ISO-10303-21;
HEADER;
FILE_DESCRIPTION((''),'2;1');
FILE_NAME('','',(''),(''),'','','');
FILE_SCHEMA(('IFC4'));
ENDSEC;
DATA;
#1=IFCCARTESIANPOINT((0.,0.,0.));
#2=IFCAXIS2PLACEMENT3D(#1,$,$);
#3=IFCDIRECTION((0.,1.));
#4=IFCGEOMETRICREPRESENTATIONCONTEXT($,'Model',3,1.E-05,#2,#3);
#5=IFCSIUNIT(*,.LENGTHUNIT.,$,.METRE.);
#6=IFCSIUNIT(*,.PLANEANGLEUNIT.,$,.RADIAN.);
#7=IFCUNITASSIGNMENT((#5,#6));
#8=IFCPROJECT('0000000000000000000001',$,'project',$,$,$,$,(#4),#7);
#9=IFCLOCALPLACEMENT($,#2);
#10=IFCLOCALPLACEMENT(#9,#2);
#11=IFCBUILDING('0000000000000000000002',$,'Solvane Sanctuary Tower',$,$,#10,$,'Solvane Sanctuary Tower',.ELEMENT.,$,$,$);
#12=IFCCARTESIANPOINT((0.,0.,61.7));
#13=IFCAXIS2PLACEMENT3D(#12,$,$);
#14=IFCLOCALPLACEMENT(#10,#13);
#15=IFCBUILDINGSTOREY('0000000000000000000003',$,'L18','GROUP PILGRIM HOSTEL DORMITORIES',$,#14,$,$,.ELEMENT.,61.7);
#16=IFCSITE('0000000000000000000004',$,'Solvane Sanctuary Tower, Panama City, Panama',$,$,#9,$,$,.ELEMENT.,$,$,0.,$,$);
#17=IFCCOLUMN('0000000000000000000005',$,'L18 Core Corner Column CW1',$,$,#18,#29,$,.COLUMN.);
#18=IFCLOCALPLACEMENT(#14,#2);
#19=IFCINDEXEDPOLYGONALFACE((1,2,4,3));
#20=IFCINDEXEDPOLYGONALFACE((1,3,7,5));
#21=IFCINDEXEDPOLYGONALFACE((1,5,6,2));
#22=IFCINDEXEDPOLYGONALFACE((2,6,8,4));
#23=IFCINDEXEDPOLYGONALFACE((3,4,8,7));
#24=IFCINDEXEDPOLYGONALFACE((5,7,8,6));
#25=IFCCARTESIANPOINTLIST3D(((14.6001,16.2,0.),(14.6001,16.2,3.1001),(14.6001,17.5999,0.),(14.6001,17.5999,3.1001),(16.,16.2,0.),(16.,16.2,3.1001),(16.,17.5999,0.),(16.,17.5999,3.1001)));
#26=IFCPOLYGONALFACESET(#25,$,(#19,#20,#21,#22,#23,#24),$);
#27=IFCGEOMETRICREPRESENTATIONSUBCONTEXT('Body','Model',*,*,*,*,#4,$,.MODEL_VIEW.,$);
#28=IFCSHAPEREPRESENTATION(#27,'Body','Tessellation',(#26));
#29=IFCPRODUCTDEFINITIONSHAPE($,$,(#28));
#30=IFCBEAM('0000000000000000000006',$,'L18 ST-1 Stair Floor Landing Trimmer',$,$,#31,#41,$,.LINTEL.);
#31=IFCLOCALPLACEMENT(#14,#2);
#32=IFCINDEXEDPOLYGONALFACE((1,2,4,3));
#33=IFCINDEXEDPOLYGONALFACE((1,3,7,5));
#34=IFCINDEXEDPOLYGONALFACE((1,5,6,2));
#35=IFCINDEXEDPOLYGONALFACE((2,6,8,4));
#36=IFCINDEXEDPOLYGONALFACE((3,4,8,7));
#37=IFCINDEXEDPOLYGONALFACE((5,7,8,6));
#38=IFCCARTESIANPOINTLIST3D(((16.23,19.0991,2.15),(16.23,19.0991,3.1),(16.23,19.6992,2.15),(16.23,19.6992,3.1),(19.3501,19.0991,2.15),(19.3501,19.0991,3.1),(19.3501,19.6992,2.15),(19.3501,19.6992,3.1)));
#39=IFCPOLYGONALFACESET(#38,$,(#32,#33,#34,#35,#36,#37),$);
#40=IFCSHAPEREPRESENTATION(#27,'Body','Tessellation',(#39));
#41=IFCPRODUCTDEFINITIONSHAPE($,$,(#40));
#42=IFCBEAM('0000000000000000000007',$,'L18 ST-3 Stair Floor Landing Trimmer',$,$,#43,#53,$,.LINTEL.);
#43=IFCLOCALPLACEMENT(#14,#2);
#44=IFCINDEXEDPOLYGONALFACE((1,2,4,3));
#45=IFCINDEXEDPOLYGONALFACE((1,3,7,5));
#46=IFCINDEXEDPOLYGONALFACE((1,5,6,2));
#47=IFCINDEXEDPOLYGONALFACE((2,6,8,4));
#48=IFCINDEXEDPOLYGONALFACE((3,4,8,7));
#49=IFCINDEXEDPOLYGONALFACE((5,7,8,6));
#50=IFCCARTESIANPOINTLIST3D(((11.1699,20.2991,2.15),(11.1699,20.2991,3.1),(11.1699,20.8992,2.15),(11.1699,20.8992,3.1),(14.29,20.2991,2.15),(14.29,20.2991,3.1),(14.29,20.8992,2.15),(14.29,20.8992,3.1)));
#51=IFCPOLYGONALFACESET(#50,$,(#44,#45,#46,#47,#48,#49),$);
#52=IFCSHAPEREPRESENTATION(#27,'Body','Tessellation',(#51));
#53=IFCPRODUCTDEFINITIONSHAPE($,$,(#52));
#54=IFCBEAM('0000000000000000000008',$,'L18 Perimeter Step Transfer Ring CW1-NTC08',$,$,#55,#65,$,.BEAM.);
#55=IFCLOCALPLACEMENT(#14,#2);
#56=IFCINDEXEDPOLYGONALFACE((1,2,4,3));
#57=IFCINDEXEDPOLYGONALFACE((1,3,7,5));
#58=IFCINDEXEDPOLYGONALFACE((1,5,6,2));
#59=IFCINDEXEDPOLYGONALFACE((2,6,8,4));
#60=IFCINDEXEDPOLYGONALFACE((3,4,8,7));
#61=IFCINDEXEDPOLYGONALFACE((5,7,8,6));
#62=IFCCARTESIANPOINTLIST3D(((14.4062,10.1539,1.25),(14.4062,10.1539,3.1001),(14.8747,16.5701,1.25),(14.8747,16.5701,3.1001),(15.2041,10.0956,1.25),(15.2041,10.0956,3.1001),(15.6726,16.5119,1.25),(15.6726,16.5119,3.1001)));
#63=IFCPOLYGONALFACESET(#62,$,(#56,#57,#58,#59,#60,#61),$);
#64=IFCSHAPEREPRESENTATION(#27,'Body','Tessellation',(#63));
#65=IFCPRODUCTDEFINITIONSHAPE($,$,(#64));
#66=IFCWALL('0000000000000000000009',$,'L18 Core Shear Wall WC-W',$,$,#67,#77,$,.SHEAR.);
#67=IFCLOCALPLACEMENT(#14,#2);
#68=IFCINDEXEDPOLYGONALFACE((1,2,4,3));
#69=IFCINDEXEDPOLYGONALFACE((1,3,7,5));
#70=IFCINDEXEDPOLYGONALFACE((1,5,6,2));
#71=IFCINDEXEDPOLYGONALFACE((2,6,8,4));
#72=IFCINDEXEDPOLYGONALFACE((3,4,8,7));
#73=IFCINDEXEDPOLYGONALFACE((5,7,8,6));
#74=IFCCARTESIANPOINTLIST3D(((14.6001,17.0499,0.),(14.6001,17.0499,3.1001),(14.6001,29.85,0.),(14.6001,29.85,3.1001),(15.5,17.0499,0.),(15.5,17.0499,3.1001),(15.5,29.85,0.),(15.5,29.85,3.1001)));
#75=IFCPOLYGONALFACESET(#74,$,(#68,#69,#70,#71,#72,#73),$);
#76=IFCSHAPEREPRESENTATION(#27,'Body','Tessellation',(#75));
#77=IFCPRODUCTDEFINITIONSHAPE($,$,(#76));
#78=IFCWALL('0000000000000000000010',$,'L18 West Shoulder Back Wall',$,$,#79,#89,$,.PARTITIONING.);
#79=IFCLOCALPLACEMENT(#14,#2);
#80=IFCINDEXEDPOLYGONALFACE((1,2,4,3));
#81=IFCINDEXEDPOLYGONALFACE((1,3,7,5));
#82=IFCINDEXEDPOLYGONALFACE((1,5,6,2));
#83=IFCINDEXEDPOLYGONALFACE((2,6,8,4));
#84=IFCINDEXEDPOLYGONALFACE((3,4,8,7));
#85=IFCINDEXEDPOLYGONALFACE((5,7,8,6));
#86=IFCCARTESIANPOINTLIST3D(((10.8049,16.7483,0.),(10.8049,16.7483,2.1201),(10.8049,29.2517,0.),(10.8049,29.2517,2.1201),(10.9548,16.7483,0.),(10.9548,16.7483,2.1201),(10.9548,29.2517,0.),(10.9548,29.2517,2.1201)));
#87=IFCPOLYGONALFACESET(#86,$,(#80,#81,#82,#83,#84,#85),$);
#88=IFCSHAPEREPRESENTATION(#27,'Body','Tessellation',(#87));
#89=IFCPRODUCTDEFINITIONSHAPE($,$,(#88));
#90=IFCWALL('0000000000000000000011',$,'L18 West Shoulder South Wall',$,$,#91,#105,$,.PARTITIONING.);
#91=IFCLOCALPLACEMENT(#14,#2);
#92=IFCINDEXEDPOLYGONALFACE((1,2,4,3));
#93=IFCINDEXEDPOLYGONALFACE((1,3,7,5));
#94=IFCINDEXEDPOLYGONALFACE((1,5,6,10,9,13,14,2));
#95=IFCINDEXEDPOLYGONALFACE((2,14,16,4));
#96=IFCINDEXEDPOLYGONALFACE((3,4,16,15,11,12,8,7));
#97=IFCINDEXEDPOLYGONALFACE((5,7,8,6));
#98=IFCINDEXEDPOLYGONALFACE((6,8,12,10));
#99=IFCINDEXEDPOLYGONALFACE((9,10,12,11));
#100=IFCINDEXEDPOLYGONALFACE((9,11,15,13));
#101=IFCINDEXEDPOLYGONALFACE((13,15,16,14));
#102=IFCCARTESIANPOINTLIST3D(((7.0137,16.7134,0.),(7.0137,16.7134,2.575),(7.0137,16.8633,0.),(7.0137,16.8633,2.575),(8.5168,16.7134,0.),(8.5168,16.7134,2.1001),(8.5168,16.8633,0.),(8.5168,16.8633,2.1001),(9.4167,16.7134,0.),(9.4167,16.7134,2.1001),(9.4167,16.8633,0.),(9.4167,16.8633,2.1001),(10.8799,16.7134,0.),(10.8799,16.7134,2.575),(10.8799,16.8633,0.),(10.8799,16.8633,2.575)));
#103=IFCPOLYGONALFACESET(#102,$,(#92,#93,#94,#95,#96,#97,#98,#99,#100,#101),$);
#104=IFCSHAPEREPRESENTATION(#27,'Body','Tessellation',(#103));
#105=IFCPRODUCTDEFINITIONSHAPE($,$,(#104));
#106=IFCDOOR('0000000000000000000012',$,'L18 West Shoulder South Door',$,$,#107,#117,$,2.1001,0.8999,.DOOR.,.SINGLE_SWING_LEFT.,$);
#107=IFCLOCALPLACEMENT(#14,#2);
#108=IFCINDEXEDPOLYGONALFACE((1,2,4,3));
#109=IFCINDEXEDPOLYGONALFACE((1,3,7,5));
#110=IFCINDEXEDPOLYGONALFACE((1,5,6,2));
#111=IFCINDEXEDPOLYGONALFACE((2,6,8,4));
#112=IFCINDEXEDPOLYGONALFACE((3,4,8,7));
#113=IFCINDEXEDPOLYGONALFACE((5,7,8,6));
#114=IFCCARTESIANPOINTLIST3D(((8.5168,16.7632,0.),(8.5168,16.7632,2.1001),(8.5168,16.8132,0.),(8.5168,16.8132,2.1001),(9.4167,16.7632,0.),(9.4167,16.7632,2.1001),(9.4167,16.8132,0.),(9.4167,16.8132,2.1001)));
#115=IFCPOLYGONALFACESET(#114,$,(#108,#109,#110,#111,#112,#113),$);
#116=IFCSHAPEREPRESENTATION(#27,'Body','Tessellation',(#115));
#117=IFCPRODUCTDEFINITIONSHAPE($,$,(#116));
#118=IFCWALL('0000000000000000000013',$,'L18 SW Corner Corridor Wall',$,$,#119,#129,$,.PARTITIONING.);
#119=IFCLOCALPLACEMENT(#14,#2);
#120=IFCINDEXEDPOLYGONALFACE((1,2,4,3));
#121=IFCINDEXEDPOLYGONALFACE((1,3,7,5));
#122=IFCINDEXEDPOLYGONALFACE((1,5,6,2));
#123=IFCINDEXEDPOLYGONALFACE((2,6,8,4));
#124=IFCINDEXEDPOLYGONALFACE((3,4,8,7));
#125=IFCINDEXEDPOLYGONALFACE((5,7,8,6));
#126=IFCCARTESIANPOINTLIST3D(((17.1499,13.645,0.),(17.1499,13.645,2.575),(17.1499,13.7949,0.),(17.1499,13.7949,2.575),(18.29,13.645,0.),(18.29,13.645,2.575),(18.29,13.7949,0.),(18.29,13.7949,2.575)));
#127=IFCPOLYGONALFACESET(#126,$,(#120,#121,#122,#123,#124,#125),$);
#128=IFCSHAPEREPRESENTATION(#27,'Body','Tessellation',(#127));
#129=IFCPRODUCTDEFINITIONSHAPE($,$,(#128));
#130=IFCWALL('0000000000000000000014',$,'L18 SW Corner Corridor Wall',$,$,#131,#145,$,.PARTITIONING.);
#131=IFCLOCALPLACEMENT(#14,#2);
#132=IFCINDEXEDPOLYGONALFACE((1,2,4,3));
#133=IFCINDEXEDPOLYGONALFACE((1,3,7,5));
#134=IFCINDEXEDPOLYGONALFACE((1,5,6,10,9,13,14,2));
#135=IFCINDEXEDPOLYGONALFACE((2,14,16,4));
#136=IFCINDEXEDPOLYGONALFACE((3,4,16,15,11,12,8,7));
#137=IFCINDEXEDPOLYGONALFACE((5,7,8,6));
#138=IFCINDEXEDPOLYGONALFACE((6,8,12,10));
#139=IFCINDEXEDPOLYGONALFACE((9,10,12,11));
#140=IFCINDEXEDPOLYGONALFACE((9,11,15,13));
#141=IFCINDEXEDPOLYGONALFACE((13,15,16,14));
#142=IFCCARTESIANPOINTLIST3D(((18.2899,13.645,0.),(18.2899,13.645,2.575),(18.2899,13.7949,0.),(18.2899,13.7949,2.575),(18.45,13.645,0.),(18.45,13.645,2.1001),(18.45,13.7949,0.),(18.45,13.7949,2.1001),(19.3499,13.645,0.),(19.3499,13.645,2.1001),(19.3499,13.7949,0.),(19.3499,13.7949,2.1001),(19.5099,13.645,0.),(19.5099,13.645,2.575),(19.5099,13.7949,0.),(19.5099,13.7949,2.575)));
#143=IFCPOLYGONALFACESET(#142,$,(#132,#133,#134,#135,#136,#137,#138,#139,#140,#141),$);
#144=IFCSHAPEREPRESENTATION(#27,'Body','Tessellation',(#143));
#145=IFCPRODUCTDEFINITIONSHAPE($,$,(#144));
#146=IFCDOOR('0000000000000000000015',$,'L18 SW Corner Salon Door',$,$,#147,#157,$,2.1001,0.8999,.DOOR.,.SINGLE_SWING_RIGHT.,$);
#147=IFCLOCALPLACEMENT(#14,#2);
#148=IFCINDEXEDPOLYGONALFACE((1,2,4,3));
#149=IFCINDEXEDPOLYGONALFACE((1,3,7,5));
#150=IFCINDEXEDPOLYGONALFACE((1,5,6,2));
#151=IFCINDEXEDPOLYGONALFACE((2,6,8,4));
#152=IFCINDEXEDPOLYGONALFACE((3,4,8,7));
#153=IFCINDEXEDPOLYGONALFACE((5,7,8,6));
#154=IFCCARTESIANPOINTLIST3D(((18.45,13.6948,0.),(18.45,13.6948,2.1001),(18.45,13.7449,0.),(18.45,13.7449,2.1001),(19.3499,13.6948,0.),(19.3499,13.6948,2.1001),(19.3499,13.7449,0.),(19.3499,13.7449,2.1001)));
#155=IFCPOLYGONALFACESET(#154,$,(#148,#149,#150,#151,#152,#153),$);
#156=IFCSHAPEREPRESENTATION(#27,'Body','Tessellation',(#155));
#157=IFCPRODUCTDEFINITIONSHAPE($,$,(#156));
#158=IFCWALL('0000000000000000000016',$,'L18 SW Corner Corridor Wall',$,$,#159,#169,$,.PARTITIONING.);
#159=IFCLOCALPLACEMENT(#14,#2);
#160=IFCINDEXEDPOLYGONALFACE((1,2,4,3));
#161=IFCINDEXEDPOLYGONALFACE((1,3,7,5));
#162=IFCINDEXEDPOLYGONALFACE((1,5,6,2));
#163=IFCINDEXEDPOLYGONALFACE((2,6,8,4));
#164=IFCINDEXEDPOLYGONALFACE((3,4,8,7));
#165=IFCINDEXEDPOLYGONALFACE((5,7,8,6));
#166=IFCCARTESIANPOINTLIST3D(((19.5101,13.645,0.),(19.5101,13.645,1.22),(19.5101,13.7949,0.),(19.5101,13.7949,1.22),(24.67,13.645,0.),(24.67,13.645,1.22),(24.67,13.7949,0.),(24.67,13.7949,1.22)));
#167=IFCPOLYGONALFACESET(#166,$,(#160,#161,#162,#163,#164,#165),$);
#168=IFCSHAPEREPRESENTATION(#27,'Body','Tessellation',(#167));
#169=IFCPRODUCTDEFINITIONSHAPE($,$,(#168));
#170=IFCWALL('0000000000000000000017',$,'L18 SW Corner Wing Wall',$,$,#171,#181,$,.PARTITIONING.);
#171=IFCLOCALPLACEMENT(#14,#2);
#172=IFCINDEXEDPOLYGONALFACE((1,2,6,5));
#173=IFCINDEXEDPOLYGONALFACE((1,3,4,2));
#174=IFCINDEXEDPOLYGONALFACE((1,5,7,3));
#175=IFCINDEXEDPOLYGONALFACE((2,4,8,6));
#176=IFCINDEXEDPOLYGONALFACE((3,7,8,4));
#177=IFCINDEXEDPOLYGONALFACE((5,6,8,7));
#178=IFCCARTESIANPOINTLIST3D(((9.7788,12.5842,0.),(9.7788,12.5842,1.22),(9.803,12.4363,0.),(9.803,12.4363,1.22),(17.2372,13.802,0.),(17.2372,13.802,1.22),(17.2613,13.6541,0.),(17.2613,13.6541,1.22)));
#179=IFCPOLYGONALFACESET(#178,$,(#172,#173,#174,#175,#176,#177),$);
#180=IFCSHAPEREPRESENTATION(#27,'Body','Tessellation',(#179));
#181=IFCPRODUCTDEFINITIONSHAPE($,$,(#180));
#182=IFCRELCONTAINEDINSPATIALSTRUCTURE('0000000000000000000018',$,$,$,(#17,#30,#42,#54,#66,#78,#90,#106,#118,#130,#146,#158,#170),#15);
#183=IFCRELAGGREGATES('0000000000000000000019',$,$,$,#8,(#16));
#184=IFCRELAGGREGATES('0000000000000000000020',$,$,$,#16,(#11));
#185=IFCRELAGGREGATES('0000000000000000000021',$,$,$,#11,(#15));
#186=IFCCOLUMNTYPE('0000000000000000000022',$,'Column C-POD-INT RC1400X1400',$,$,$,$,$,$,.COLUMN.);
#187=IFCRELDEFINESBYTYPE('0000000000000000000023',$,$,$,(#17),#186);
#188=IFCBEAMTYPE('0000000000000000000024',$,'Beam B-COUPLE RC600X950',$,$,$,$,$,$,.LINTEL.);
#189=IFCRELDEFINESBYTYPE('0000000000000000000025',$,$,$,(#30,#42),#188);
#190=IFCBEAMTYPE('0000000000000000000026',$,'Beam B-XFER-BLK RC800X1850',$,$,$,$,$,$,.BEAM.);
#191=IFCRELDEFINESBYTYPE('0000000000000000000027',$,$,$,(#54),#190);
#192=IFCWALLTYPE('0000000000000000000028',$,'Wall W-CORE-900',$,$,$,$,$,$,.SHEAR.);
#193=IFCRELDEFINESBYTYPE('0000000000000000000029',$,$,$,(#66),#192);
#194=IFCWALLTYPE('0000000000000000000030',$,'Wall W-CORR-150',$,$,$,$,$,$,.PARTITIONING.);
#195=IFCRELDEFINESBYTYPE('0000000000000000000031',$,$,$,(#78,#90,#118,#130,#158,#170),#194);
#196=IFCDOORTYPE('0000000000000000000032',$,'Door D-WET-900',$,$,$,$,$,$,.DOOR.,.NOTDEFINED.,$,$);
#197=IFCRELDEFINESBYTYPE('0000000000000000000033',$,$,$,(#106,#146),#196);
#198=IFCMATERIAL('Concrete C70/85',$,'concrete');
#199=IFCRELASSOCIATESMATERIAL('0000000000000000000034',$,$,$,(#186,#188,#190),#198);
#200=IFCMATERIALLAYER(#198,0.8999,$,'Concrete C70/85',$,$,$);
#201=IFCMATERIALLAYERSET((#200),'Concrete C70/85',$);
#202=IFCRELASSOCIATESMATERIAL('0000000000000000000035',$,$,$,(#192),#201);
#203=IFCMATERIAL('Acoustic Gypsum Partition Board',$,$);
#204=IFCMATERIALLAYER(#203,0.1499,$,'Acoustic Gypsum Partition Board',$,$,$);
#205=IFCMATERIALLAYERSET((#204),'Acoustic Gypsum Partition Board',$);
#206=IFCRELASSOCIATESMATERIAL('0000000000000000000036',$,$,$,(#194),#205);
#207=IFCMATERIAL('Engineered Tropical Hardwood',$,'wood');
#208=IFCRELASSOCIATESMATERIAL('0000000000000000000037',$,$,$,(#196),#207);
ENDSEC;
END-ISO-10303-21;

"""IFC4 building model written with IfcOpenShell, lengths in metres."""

from ifc_helpers import new_model, si_unit, direction, frame, frame_2d, origin, origin_2d, place, context, subcontext, project, spatial, rectangle, extrude, material, layer, layer_set, material_profile, profile_set, type_object, element, fill, save


model = new_model("IFC4")

# Units and contexts
model_context = context("Model", 3, precision=1e-05, world=origin(), true_north=direction((0.0, 1.0)))
body_context = subcontext(model_context, "Body", "Model", "MODEL_VIEW")
ifc_project = project(units=[si_unit("LENGTHUNIT", "METRE"), si_unit("PLANEANGLEUNIT", "RADIAN")], contexts=[model_context])

# Site, building, storey
site_placement = place(None, origin())
site = spatial("IfcSite", under=ifc_project, at=site_placement, Name="Solvane Sanctuary Tower, Panama City, Panama", CompositionType="ELEMENT", RefElevation=0.0)
building_placement = place(site_placement, origin())
building = spatial("IfcBuilding", under=site, at=building_placement, Name="Solvane Sanctuary Tower", LongName="Solvane Sanctuary Tower", CompositionType="ELEMENT")
storey_placement = place(building_placement, frame((0.0, 0.0, 61.7)))
storey = spatial("IfcBuildingStorey", under=building, at=storey_placement, Name="L18", Description="GROUP PILGRIM HOSTEL DORMITORIES", CompositionType="ELEMENT", Elevation=61.7)

# Column
ifc_material_1 = material(Name="Concrete C70/85", Category="concrete")
ifc_material_profile_1 = material_profile(ifc_material_1, rectangle(XDim=1.3999, YDim=1.3999, at=origin_2d()), Name="RC1400X1400")
ifc_profile_set_1 = profile_set([ifc_material_profile_1], Name="Concrete C70/85")
column_type = type_object("IfcColumnType", Name="Column C-POD-INT RC1400X1400", PredefinedType="COLUMN", material=ifc_profile_set_1)
column_placement = place(storey_placement, frame((15.3, 16.8999, 0.0), z_axis=(0.0, 0.0, 1.0), x_axis=(1.0, 0.0, 0.0)))
element("IfcColumn", 1, at=column_placement, inside=storey, type_object=column_type, Name="L18 Core Corner Column CW1", PredefinedType="COLUMN", context=body_context, shape_type="SweptSolid", body=[
    extrude(rectangle(XDim=1.3999, YDim=1.3999, at=origin_2d()), origin(), (0.0, 0.0, 1.0), 3.1001),
])

# Beams
ifc_material_profile_2 = material_profile(ifc_material_1, rectangle(XDim=0.6001, YDim=0.95, at=origin_2d()), Name="RC600X950")
ifc_profile_set_2 = profile_set([ifc_material_profile_2], Name="Concrete C70/85")
beam_type_1 = type_object("IfcBeamType", Name="Beam B-COUPLE RC600X950", PredefinedType="LINTEL", material=ifc_profile_set_2)
for number, where, z_axis, x_axis, name in (
    (2, (16.23, 19.3992, 2.625), (1.0, 0.0, 0.0), (0.0, 1.0, 0.0), "L18 ST-1 Stair Floor Landing Trimmer"),
    (3, (11.1699, 20.5991, 2.625), (1.0, 0.0, 0.0), (0.0, 1.0, 0.0), "L18 ST-3 Stair Floor Landing Trimmer"),
):
    element("IfcBeam", number, at=place(storey_placement, frame(where, z_axis=z_axis, x_axis=x_axis)), inside=storey, type_object=beam_type_1, Name=name, PredefinedType="LINTEL", context=body_context, shape_type="SweptSolid", body=[
        extrude(rectangle(XDim=0.6001, YDim=0.95, at=origin_2d()), origin(), (0.0, 0.0, 1.0), 3.1201),
    ])
ifc_material_profile_3 = material_profile(ifc_material_1, rectangle(XDim=0.8, YDim=1.8501, at=origin_2d()), Name="RC800X1850")
ifc_profile_set_3 = profile_set([ifc_material_profile_3], Name="Concrete C70/85")
beam_type_2 = type_object("IfcBeamType", Name="Beam B-XFER-BLK RC800X1850", PredefinedType="BEAM", material=ifc_profile_set_3)
beam_placement = place(storey_placement, frame((15.2737, 16.541, 2.175), z_axis=(-0.072825, -0.997345, 0.0), x_axis=(0.997345, -0.072825, 0.0)))
element("IfcBeam", 4, at=beam_placement, inside=storey, type_object=beam_type_2, Name="L18 Perimeter Step Transfer Ring CW1-NTC08", PredefinedType="BEAM", context=body_context, shape_type="SweptSolid", body=[
    extrude(rectangle(XDim=0.8, YDim=1.8501, at=origin_2d()), origin(), (0.0, 0.0, 1.0), 6.4333),
])

# Walls
ifc_layer_1 = layer(ifc_material_1, 0.8999, Name="Concrete C70/85")
ifc_layer_set_1 = layer_set([ifc_layer_1], Name="Concrete C70/85")
wall_type_1 = type_object("IfcWallType", Name="Wall W-CORE-900", PredefinedType="SHEAR", material=ifc_layer_set_1)
wall_1_placement = place(storey_placement, frame((15.05, 17.05, 0.0), z_axis=(0.0, 0.0, 1.0), x_axis=(0.0, 1.0, 0.0)))
element("IfcWall", 5, at=wall_1_placement, inside=storey, type_object=wall_type_1, Name="L18 Core Shear Wall WC-W", PredefinedType="SHEAR", context=body_context, shape_type="SweptSolid", body=[
    extrude(rectangle(XDim=12.8, YDim=0.8999, at=frame_2d((6.3999, 0.0))), origin(), (0.0, 0.0, 1.0), 3.1001),
])
ifc_material_2 = material(Name="Acoustic Gypsum Partition Board")
ifc_layer_2 = layer(ifc_material_2, 0.1499, Name="Acoustic Gypsum Partition Board")
ifc_layer_set_2 = layer_set([ifc_layer_2], Name="Acoustic Gypsum Partition Board")
wall_type_2 = type_object("IfcWallType", Name="Wall W-CORR-150", PredefinedType="PARTITIONING", material=ifc_layer_set_2)
wall_2_placement = place(storey_placement, frame((10.8799, 16.7483, 0.0), z_axis=(0.0, 0.0, 1.0), x_axis=(0.0, 1.0, 0.0)))
element("IfcWall", 6, at=wall_2_placement, inside=storey, type_object=wall_type_2, Name="L18 West Shoulder Back Wall", PredefinedType="PARTITIONING", context=body_context, shape_type="SweptSolid", body=[
    extrude(rectangle(XDim=12.5034, YDim=0.1499, at=frame_2d((6.2517, 0.0))), origin(), (0.0, 0.0, 1.0), 2.1201),
])

# Wall, opening, door
wall_3_placement = place(storey_placement, frame((7.0137, 16.7883, 0.0), z_axis=(0.0, 0.0, 1.0), x_axis=(1.0, 0.0, 0.0)))
wall_3 = element("IfcWall", 7, at=wall_3_placement, inside=storey, type_object=wall_type_2, Name="L18 West Shoulder South Wall", PredefinedType="PARTITIONING", context=body_context, shape_type="SweptSolid", body=[
    extrude(rectangle(XDim=3.8662, YDim=0.1499, at=frame_2d((1.9331, 0.0))), origin(), (0.0, 0.0, 1.0), 2.575),
])
opening_1_placement = place(wall_3_placement, frame((1.5032, 0.0, 0.0)))
opening_1 = element("IfcOpeningElement", 8, at=opening_1_placement, cuts=wall_3, PredefinedType="OPENING", context=body_context, shape_type="SweptSolid", body=[
    extrude(rectangle(XDim=0.8999, YDim=2.1001, at=frame_2d((0.45, 1.05))), frame((0.0, 0.085, 0.0), z_axis=(0.0, -1.0, 0.0), x_axis=(1.0, 0.0, 0.0)), (0.0, 0.0, 1.0), 0.1699),
])
ifc_material_3 = material(Name="Engineered Tropical Hardwood", Category="wood")
door_type_1 = type_object("IfcDoorType", Name="Door D-WET-900", OperationType="NOTDEFINED", PredefinedType="DOOR", material=ifc_material_3)
door_1_placement = place(opening_1_placement, origin())
door_1 = element("IfcDoor", 9, at=door_1_placement, inside=storey, type_object=door_type_1, Name="L18 West Shoulder South Door", OperationType="SINGLE_SWING_LEFT", OverallHeight=2.1001, OverallWidth=0.8999, PredefinedType="DOOR", context=body_context, shape_type="SweptSolid", body=[
    extrude(rectangle(XDim=0.8999, YDim=2.1001, at=frame_2d((0.45, 1.05))), frame((0.0, 0.0249, 0.0), z_axis=(0.0, -1.0, 0.0), x_axis=(1.0, 0.0, 0.0)), (0.0, 0.0, 1.0), 0.05),
])
fill(opening_1, door_1)

# Wall
wall_4_placement = place(storey_placement, frame((17.1499, 13.72, 0.0), z_axis=(0.0, 0.0, 1.0), x_axis=(1.0, 0.0, 0.0)))
element("IfcWall", 10, at=wall_4_placement, inside=storey, type_object=wall_type_2, Name="L18 SW Corner Corridor Wall", PredefinedType="PARTITIONING", context=body_context, shape_type="SweptSolid", body=[
    extrude(rectangle(XDim=1.1401, YDim=0.1499, at=frame_2d((0.5701, 0.0))), origin(), (0.0, 0.0, 1.0), 2.575),
])

# Wall, opening, door
wall_5_placement = place(storey_placement, frame((18.29, 13.72, 0.0), z_axis=(0.0, 0.0, 1.0), x_axis=(1.0, 0.0, 0.0)))
wall_5 = element("IfcWall", 11, at=wall_5_placement, inside=storey, type_object=wall_type_2, Name="L18 SW Corner Corridor Wall", PredefinedType="PARTITIONING", context=body_context, shape_type="SweptSolid", body=[
    extrude(rectangle(XDim=1.22, YDim=0.1499, at=frame_2d((0.6099, 0.0))), origin(), (0.0, 0.0, 1.0), 2.575),
])
opening_2_placement = place(wall_5_placement, frame((0.1599, 0.0, 0.0)))
opening_2 = element("IfcOpeningElement", 12, at=opening_2_placement, cuts=wall_5, PredefinedType="OPENING", context=body_context, shape_type="SweptSolid", body=[
    extrude(rectangle(XDim=0.8999, YDim=2.1001, at=frame_2d((0.45, 1.05))), frame((0.0, 0.085, 0.0), z_axis=(0.0, -1.0, 0.0), x_axis=(1.0, 0.0, 0.0)), (0.0, 0.0, 1.0), 0.1699),
])
door_2_placement = place(opening_2_placement, origin())
door_2 = element("IfcDoor", 13, at=door_2_placement, inside=storey, type_object=door_type_1, Name="L18 SW Corner Salon Door", OperationType="SINGLE_SWING_RIGHT", OverallHeight=2.1001, OverallWidth=0.8999, PredefinedType="DOOR", context=body_context, shape_type="SweptSolid", body=[
    extrude(rectangle(XDim=0.8999, YDim=2.1001, at=frame_2d((0.45, 1.05))), frame((0.0, 0.0249, 0.0), z_axis=(0.0, -1.0, 0.0), x_axis=(1.0, 0.0, 0.0)), (0.0, 0.0, 1.0), 0.05),
])
fill(opening_2, door_2)

# Walls
wall_6_placement = place(storey_placement, frame((19.51, 13.72, 0.0), z_axis=(0.0, 0.0, 1.0), x_axis=(1.0, 0.0, 0.0)))
element("IfcWall", 14, at=wall_6_placement, inside=storey, type_object=wall_type_2, Name="L18 SW Corner Corridor Wall", PredefinedType="PARTITIONING", context=body_context, shape_type="SweptSolid", body=[
    extrude(rectangle(XDim=5.1599, YDim=0.1499, at=frame_2d((2.5801, 0.0))), origin(), (0.0, 0.0, 1.0), 1.22),
])
wall_7_placement = place(storey_placement, frame((17.2493, 13.728, 0.0), z_axis=(0.0, 0.0, 1.0), x_axis=(-0.986931, -0.161145, 0.0)))
element("IfcWall", 15, at=wall_7_placement, inside=storey, type_object=wall_type_2, Name="L18 SW Corner Wing Wall", PredefinedType="PARTITIONING", context=body_context, shape_type="SweptSolid", body=[
    extrude(rectangle(XDim=7.5571, YDim=0.1499, at=frame_2d((3.7786, 0.0))), origin(), (0.0, 0.0, 1.0), 1.22),
])

save(model, "model.ifc")
